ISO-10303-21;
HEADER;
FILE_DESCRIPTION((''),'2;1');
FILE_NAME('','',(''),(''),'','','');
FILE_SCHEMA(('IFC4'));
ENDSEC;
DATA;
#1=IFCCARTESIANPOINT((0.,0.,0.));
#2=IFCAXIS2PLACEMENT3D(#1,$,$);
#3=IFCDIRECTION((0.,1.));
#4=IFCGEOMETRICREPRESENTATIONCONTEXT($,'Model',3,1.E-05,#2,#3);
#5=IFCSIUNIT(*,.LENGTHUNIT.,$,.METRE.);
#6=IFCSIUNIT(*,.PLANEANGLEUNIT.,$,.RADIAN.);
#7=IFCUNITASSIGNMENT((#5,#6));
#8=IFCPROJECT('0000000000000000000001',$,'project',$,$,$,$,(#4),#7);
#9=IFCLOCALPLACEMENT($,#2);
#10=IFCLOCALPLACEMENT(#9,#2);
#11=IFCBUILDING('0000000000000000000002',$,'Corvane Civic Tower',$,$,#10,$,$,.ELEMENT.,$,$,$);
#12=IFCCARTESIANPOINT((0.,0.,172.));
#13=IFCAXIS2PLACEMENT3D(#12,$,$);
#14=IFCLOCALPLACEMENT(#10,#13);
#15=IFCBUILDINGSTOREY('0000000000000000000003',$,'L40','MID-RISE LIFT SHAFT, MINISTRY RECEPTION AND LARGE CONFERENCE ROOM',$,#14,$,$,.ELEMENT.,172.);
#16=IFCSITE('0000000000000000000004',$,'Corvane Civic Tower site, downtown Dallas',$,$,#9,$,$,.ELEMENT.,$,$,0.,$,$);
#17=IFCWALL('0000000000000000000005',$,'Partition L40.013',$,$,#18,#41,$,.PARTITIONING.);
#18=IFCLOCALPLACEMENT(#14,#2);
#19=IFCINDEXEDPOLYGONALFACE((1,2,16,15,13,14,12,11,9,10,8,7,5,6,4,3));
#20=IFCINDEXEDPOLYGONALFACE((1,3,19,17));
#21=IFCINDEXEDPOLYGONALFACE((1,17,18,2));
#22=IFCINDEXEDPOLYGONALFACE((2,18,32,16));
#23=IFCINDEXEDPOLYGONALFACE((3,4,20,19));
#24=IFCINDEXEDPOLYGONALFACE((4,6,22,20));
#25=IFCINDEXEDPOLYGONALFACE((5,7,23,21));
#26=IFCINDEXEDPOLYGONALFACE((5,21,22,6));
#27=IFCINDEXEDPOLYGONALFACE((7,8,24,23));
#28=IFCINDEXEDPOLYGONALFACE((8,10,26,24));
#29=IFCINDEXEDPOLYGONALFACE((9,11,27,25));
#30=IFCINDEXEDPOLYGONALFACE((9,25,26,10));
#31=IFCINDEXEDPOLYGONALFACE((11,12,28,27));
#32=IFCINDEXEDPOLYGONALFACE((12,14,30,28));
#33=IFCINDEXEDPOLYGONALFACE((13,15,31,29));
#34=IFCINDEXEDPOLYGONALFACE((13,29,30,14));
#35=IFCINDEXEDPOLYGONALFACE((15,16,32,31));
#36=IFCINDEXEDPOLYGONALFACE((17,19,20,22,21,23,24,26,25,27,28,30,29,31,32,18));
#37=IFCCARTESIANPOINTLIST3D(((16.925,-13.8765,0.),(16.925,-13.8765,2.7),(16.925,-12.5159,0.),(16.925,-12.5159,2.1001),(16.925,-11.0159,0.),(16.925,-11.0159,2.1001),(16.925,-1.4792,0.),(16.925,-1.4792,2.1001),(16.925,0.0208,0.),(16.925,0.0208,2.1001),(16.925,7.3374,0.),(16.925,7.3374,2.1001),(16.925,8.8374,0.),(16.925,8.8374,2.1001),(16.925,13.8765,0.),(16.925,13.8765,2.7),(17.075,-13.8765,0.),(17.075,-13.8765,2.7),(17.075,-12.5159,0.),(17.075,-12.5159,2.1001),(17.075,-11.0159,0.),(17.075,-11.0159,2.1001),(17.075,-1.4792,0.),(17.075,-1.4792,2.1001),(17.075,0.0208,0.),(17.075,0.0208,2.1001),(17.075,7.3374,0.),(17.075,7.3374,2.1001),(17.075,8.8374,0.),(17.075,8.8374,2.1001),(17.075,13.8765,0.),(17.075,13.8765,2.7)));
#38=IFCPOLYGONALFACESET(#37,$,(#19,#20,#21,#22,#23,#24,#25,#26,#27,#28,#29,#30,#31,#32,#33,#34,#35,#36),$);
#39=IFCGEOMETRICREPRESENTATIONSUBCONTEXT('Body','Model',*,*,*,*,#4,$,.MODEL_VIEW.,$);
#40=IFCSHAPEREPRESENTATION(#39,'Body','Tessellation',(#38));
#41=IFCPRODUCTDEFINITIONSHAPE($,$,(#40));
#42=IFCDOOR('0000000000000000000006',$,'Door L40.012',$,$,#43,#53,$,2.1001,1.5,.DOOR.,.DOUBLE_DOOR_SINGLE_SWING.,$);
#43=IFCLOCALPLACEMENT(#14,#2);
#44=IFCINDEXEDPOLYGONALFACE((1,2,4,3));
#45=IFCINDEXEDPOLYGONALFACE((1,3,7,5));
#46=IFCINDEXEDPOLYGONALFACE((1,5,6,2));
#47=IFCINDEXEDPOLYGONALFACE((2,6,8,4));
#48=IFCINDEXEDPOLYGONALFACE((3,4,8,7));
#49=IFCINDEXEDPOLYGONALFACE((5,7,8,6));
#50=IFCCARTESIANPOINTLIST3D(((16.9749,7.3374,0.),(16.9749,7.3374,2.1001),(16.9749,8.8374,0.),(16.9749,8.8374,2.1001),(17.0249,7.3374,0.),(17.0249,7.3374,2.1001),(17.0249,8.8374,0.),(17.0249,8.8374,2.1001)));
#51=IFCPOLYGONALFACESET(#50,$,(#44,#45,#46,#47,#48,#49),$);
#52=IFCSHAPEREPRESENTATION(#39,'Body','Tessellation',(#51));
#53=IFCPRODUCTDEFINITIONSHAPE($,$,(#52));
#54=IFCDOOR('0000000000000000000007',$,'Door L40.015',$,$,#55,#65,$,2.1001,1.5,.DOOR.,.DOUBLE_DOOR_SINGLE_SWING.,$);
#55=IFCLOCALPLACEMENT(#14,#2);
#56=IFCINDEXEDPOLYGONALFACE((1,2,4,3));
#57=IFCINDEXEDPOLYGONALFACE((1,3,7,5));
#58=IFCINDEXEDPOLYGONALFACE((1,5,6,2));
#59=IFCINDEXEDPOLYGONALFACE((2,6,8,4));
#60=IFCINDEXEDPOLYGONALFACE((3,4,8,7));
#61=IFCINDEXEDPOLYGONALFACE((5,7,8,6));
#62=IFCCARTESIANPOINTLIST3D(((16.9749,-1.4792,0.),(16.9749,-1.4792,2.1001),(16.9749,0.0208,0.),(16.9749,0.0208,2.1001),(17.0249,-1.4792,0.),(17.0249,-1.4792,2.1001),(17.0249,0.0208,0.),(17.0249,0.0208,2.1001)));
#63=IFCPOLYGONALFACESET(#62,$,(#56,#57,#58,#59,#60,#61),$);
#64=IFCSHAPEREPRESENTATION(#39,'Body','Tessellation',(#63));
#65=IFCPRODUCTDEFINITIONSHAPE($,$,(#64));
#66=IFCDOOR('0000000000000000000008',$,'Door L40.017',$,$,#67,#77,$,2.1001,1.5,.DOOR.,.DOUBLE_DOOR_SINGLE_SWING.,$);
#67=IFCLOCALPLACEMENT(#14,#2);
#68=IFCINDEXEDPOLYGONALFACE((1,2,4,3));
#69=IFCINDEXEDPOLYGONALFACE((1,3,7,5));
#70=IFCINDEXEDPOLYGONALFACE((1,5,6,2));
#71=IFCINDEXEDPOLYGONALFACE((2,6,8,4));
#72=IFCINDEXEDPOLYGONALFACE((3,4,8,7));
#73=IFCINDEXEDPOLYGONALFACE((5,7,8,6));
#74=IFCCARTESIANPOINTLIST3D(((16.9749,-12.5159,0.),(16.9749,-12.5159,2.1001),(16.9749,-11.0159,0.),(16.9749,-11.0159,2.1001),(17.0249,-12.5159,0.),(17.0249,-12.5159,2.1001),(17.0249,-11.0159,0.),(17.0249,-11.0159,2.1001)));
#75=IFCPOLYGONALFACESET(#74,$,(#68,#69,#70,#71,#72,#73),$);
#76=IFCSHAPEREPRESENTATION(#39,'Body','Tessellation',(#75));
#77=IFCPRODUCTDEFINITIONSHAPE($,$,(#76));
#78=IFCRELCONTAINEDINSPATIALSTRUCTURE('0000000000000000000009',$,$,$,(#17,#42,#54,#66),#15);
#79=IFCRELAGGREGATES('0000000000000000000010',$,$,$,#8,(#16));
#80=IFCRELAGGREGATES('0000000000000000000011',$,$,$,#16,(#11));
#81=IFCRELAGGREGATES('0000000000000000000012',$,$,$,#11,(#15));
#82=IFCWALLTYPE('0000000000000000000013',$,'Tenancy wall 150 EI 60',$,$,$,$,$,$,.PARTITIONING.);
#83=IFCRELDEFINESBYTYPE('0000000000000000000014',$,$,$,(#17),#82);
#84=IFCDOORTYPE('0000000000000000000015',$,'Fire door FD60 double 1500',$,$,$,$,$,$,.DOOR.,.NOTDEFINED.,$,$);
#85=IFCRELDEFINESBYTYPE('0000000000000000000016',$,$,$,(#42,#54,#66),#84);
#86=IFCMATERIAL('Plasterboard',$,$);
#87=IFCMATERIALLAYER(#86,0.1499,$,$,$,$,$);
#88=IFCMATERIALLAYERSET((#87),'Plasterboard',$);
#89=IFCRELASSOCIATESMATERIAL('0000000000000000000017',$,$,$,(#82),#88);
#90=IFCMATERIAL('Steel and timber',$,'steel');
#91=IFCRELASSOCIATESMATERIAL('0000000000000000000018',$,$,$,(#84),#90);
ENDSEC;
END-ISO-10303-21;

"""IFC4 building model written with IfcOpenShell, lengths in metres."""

from ifc_helpers import new_model, si_unit, direction, frame, frame_2d, origin, place, context, subcontext, project, spatial, rectangle, extrude, material, layer, layer_set, type_object, element, fill, save


model = new_model("IFC4")

# Units and contexts
model_context = context("Model", 3, precision=1e-05, world=origin(), true_north=direction((0.0, 1.0)))
body_context = subcontext(model_context, "Body", "Model", "MODEL_VIEW")
ifc_project = project(units=[si_unit("LENGTHUNIT", "METRE"), si_unit("PLANEANGLEUNIT", "RADIAN")], contexts=[model_context])

# Site, building, storey
site_placement = place(None, origin())
site = spatial("IfcSite", under=ifc_project, at=site_placement, Name="Corvane Civic Tower site, downtown Dallas", CompositionType="ELEMENT", RefElevation=0.0)
building_placement = place(site_placement, origin())
building = spatial("IfcBuilding", under=site, at=building_placement, Name="Corvane Civic Tower", CompositionType="ELEMENT")
storey_placement = place(building_placement, frame((0.0, 0.0, 172.0)))
storey = spatial("IfcBuildingStorey", under=building, at=storey_placement, Name="L40", Description="MID-RISE LIFT SHAFT, MINISTRY RECEPTION AND LARGE CONFERENCE ROOM", CompositionType="ELEMENT", Elevation=172.0)

# Shared definitions
ifc_material_1 = material(Name="Plasterboard")
ifc_layer_1 = layer(ifc_material_1, 0.1499)
ifc_layer_set_1 = layer_set([ifc_layer_1], Name="Plasterboard")
wall_type_1 = type_object("IfcWallType", Name="Tenancy wall 150 EI 60", PredefinedType="PARTITIONING", material=ifc_layer_set_1)
ifc_material_2 = material(Name="Steel and timber", Category="steel")
door_type_1 = type_object("IfcDoorType", Name="Fire door FD60 double 1500", OperationType="NOTDEFINED", PredefinedType="DOOR", material=ifc_material_2)

# Wall, openings, doors
wall_1_placement = place(storey_placement, frame((17.0, -13.8765, 0.0), z_axis=(0.0, 0.0, 1.0), x_axis=(0.0, 1.0, 0.0)))
wall_1 = element("IfcWall", 1, at=wall_1_placement, inside=storey, type_object=wall_type_1, Name="Partition L40.013", PredefinedType="PARTITIONING", context=body_context, shape_type="SweptSolid", body=[
    extrude(rectangle(XDim=27.7529, YDim=0.1499, at=frame_2d((13.8765, 0.0))), origin(), (0.0, 0.0, 1.0), 2.7),
])
opening_1_placement = place(wall_1_placement, frame((21.2139, 0.0, 0.0)))
opening_1 = element("IfcOpeningElement", 2, at=opening_1_placement, cuts=wall_1, PredefinedType="OPENING", context=body_context, shape_type="SweptSolid", body=[
    extrude(rectangle(XDim=1.5, YDim=2.1001, at=frame_2d((0.75, 1.05))), frame((0.0, 0.085, 0.0), z_axis=(0.0, -1.0, 0.0), x_axis=(1.0, 0.0, 0.0)), (0.0, 0.0, 1.0), 0.1699),
])
opening_2_placement = place(wall_1_placement, frame((12.3972, 0.0, 0.0)))
opening_2 = element("IfcOpeningElement", 3, at=opening_2_placement, cuts=wall_1, PredefinedType="OPENING", context=body_context, shape_type="SweptSolid", body=[
    extrude(rectangle(XDim=1.5, YDim=2.1001, at=frame_2d((0.75, 1.05))), frame((0.0, 0.085, 0.0), z_axis=(0.0, -1.0, 0.0), x_axis=(1.0, 0.0, 0.0)), (0.0, 0.0, 1.0), 0.1699),
])
opening_3_placement = place(wall_1_placement, frame((1.3606, 0.0, 0.0)))
opening_3 = element("IfcOpeningElement", 4, at=opening_3_placement, cuts=wall_1, PredefinedType="OPENING", context=body_context, shape_type="SweptSolid", body=[
    extrude(rectangle(XDim=1.5, YDim=2.1001, at=frame_2d((0.75, 1.05))), frame((0.0, 0.085, 0.0), z_axis=(0.0, -1.0, 0.0), x_axis=(1.0, 0.0, 0.0)), (0.0, 0.0, 1.0), 0.1699),
])
door_1_placement = place(opening_1_placement, frame((1.5, 0.0, 0.0), z_axis=(0.0, 0.0, 1.0), x_axis=(-1.0, 0.0, 0.0)))
door_1 = element("IfcDoor", 5, at=door_1_placement, inside=storey, type_object=door_type_1, Name="Door L40.012", OperationType="DOUBLE_DOOR_SINGLE_SWING", OverallHeight=2.1001, OverallWidth=1.5, PredefinedType="DOOR", context=body_context, shape_type="SweptSolid", body=[
    extrude(rectangle(XDim=1.5, YDim=2.1001, at=frame_2d((0.75, 1.05))), frame((0.0, 0.0249, 0.0), z_axis=(0.0, -1.0, 0.0), x_axis=(1.0, 0.0, 0.0)), (0.0, 0.0, 1.0), 0.05),
])
fill(opening_1, door_1)
door_2_placement = place(opening_2_placement, frame((1.5, 0.0, 0.0), z_axis=(0.0, 0.0, 1.0), x_axis=(-1.0, 0.0, 0.0)))
door_2 = element("IfcDoor", 6, at=door_2_placement, inside=storey, type_object=door_type_1, Name="Door L40.015", OperationType="DOUBLE_DOOR_SINGLE_SWING", OverallHeight=2.1001, OverallWidth=1.5, PredefinedType="DOOR", context=body_context, shape_type="SweptSolid", body=[
    extrude(rectangle(XDim=1.5, YDim=2.1001, at=frame_2d((0.75, 1.05))), frame((0.0, 0.0249, 0.0), z_axis=(0.0, -1.0, 0.0), x_axis=(1.0, 0.0, 0.0)), (0.0, 0.0, 1.0), 0.05),
])
fill(opening_2, door_2)
door_3_placement = place(opening_3_placement, frame((1.5, 0.0, 0.0), z_axis=(0.0, 0.0, 1.0), x_axis=(-1.0, 0.0, 0.0)))
door_3 = element("IfcDoor", 7, at=door_3_placement, inside=storey, type_object=door_type_1, Name="Door L40.017", OperationType="DOUBLE_DOOR_SINGLE_SWING", OverallHeight=2.1001, OverallWidth=1.5, PredefinedType="DOOR", context=body_context, shape_type="SweptSolid", body=[
    extrude(rectangle(XDim=1.5, YDim=2.1001, at=frame_2d((0.75, 1.05))), frame((0.0, 0.0249, 0.0), z_axis=(0.0, -1.0, 0.0), x_axis=(1.0, 0.0, 0.0)), (0.0, 0.0, 1.0), 0.05),
])
fill(opening_3, door_3)

save(model, "model.ifc")
